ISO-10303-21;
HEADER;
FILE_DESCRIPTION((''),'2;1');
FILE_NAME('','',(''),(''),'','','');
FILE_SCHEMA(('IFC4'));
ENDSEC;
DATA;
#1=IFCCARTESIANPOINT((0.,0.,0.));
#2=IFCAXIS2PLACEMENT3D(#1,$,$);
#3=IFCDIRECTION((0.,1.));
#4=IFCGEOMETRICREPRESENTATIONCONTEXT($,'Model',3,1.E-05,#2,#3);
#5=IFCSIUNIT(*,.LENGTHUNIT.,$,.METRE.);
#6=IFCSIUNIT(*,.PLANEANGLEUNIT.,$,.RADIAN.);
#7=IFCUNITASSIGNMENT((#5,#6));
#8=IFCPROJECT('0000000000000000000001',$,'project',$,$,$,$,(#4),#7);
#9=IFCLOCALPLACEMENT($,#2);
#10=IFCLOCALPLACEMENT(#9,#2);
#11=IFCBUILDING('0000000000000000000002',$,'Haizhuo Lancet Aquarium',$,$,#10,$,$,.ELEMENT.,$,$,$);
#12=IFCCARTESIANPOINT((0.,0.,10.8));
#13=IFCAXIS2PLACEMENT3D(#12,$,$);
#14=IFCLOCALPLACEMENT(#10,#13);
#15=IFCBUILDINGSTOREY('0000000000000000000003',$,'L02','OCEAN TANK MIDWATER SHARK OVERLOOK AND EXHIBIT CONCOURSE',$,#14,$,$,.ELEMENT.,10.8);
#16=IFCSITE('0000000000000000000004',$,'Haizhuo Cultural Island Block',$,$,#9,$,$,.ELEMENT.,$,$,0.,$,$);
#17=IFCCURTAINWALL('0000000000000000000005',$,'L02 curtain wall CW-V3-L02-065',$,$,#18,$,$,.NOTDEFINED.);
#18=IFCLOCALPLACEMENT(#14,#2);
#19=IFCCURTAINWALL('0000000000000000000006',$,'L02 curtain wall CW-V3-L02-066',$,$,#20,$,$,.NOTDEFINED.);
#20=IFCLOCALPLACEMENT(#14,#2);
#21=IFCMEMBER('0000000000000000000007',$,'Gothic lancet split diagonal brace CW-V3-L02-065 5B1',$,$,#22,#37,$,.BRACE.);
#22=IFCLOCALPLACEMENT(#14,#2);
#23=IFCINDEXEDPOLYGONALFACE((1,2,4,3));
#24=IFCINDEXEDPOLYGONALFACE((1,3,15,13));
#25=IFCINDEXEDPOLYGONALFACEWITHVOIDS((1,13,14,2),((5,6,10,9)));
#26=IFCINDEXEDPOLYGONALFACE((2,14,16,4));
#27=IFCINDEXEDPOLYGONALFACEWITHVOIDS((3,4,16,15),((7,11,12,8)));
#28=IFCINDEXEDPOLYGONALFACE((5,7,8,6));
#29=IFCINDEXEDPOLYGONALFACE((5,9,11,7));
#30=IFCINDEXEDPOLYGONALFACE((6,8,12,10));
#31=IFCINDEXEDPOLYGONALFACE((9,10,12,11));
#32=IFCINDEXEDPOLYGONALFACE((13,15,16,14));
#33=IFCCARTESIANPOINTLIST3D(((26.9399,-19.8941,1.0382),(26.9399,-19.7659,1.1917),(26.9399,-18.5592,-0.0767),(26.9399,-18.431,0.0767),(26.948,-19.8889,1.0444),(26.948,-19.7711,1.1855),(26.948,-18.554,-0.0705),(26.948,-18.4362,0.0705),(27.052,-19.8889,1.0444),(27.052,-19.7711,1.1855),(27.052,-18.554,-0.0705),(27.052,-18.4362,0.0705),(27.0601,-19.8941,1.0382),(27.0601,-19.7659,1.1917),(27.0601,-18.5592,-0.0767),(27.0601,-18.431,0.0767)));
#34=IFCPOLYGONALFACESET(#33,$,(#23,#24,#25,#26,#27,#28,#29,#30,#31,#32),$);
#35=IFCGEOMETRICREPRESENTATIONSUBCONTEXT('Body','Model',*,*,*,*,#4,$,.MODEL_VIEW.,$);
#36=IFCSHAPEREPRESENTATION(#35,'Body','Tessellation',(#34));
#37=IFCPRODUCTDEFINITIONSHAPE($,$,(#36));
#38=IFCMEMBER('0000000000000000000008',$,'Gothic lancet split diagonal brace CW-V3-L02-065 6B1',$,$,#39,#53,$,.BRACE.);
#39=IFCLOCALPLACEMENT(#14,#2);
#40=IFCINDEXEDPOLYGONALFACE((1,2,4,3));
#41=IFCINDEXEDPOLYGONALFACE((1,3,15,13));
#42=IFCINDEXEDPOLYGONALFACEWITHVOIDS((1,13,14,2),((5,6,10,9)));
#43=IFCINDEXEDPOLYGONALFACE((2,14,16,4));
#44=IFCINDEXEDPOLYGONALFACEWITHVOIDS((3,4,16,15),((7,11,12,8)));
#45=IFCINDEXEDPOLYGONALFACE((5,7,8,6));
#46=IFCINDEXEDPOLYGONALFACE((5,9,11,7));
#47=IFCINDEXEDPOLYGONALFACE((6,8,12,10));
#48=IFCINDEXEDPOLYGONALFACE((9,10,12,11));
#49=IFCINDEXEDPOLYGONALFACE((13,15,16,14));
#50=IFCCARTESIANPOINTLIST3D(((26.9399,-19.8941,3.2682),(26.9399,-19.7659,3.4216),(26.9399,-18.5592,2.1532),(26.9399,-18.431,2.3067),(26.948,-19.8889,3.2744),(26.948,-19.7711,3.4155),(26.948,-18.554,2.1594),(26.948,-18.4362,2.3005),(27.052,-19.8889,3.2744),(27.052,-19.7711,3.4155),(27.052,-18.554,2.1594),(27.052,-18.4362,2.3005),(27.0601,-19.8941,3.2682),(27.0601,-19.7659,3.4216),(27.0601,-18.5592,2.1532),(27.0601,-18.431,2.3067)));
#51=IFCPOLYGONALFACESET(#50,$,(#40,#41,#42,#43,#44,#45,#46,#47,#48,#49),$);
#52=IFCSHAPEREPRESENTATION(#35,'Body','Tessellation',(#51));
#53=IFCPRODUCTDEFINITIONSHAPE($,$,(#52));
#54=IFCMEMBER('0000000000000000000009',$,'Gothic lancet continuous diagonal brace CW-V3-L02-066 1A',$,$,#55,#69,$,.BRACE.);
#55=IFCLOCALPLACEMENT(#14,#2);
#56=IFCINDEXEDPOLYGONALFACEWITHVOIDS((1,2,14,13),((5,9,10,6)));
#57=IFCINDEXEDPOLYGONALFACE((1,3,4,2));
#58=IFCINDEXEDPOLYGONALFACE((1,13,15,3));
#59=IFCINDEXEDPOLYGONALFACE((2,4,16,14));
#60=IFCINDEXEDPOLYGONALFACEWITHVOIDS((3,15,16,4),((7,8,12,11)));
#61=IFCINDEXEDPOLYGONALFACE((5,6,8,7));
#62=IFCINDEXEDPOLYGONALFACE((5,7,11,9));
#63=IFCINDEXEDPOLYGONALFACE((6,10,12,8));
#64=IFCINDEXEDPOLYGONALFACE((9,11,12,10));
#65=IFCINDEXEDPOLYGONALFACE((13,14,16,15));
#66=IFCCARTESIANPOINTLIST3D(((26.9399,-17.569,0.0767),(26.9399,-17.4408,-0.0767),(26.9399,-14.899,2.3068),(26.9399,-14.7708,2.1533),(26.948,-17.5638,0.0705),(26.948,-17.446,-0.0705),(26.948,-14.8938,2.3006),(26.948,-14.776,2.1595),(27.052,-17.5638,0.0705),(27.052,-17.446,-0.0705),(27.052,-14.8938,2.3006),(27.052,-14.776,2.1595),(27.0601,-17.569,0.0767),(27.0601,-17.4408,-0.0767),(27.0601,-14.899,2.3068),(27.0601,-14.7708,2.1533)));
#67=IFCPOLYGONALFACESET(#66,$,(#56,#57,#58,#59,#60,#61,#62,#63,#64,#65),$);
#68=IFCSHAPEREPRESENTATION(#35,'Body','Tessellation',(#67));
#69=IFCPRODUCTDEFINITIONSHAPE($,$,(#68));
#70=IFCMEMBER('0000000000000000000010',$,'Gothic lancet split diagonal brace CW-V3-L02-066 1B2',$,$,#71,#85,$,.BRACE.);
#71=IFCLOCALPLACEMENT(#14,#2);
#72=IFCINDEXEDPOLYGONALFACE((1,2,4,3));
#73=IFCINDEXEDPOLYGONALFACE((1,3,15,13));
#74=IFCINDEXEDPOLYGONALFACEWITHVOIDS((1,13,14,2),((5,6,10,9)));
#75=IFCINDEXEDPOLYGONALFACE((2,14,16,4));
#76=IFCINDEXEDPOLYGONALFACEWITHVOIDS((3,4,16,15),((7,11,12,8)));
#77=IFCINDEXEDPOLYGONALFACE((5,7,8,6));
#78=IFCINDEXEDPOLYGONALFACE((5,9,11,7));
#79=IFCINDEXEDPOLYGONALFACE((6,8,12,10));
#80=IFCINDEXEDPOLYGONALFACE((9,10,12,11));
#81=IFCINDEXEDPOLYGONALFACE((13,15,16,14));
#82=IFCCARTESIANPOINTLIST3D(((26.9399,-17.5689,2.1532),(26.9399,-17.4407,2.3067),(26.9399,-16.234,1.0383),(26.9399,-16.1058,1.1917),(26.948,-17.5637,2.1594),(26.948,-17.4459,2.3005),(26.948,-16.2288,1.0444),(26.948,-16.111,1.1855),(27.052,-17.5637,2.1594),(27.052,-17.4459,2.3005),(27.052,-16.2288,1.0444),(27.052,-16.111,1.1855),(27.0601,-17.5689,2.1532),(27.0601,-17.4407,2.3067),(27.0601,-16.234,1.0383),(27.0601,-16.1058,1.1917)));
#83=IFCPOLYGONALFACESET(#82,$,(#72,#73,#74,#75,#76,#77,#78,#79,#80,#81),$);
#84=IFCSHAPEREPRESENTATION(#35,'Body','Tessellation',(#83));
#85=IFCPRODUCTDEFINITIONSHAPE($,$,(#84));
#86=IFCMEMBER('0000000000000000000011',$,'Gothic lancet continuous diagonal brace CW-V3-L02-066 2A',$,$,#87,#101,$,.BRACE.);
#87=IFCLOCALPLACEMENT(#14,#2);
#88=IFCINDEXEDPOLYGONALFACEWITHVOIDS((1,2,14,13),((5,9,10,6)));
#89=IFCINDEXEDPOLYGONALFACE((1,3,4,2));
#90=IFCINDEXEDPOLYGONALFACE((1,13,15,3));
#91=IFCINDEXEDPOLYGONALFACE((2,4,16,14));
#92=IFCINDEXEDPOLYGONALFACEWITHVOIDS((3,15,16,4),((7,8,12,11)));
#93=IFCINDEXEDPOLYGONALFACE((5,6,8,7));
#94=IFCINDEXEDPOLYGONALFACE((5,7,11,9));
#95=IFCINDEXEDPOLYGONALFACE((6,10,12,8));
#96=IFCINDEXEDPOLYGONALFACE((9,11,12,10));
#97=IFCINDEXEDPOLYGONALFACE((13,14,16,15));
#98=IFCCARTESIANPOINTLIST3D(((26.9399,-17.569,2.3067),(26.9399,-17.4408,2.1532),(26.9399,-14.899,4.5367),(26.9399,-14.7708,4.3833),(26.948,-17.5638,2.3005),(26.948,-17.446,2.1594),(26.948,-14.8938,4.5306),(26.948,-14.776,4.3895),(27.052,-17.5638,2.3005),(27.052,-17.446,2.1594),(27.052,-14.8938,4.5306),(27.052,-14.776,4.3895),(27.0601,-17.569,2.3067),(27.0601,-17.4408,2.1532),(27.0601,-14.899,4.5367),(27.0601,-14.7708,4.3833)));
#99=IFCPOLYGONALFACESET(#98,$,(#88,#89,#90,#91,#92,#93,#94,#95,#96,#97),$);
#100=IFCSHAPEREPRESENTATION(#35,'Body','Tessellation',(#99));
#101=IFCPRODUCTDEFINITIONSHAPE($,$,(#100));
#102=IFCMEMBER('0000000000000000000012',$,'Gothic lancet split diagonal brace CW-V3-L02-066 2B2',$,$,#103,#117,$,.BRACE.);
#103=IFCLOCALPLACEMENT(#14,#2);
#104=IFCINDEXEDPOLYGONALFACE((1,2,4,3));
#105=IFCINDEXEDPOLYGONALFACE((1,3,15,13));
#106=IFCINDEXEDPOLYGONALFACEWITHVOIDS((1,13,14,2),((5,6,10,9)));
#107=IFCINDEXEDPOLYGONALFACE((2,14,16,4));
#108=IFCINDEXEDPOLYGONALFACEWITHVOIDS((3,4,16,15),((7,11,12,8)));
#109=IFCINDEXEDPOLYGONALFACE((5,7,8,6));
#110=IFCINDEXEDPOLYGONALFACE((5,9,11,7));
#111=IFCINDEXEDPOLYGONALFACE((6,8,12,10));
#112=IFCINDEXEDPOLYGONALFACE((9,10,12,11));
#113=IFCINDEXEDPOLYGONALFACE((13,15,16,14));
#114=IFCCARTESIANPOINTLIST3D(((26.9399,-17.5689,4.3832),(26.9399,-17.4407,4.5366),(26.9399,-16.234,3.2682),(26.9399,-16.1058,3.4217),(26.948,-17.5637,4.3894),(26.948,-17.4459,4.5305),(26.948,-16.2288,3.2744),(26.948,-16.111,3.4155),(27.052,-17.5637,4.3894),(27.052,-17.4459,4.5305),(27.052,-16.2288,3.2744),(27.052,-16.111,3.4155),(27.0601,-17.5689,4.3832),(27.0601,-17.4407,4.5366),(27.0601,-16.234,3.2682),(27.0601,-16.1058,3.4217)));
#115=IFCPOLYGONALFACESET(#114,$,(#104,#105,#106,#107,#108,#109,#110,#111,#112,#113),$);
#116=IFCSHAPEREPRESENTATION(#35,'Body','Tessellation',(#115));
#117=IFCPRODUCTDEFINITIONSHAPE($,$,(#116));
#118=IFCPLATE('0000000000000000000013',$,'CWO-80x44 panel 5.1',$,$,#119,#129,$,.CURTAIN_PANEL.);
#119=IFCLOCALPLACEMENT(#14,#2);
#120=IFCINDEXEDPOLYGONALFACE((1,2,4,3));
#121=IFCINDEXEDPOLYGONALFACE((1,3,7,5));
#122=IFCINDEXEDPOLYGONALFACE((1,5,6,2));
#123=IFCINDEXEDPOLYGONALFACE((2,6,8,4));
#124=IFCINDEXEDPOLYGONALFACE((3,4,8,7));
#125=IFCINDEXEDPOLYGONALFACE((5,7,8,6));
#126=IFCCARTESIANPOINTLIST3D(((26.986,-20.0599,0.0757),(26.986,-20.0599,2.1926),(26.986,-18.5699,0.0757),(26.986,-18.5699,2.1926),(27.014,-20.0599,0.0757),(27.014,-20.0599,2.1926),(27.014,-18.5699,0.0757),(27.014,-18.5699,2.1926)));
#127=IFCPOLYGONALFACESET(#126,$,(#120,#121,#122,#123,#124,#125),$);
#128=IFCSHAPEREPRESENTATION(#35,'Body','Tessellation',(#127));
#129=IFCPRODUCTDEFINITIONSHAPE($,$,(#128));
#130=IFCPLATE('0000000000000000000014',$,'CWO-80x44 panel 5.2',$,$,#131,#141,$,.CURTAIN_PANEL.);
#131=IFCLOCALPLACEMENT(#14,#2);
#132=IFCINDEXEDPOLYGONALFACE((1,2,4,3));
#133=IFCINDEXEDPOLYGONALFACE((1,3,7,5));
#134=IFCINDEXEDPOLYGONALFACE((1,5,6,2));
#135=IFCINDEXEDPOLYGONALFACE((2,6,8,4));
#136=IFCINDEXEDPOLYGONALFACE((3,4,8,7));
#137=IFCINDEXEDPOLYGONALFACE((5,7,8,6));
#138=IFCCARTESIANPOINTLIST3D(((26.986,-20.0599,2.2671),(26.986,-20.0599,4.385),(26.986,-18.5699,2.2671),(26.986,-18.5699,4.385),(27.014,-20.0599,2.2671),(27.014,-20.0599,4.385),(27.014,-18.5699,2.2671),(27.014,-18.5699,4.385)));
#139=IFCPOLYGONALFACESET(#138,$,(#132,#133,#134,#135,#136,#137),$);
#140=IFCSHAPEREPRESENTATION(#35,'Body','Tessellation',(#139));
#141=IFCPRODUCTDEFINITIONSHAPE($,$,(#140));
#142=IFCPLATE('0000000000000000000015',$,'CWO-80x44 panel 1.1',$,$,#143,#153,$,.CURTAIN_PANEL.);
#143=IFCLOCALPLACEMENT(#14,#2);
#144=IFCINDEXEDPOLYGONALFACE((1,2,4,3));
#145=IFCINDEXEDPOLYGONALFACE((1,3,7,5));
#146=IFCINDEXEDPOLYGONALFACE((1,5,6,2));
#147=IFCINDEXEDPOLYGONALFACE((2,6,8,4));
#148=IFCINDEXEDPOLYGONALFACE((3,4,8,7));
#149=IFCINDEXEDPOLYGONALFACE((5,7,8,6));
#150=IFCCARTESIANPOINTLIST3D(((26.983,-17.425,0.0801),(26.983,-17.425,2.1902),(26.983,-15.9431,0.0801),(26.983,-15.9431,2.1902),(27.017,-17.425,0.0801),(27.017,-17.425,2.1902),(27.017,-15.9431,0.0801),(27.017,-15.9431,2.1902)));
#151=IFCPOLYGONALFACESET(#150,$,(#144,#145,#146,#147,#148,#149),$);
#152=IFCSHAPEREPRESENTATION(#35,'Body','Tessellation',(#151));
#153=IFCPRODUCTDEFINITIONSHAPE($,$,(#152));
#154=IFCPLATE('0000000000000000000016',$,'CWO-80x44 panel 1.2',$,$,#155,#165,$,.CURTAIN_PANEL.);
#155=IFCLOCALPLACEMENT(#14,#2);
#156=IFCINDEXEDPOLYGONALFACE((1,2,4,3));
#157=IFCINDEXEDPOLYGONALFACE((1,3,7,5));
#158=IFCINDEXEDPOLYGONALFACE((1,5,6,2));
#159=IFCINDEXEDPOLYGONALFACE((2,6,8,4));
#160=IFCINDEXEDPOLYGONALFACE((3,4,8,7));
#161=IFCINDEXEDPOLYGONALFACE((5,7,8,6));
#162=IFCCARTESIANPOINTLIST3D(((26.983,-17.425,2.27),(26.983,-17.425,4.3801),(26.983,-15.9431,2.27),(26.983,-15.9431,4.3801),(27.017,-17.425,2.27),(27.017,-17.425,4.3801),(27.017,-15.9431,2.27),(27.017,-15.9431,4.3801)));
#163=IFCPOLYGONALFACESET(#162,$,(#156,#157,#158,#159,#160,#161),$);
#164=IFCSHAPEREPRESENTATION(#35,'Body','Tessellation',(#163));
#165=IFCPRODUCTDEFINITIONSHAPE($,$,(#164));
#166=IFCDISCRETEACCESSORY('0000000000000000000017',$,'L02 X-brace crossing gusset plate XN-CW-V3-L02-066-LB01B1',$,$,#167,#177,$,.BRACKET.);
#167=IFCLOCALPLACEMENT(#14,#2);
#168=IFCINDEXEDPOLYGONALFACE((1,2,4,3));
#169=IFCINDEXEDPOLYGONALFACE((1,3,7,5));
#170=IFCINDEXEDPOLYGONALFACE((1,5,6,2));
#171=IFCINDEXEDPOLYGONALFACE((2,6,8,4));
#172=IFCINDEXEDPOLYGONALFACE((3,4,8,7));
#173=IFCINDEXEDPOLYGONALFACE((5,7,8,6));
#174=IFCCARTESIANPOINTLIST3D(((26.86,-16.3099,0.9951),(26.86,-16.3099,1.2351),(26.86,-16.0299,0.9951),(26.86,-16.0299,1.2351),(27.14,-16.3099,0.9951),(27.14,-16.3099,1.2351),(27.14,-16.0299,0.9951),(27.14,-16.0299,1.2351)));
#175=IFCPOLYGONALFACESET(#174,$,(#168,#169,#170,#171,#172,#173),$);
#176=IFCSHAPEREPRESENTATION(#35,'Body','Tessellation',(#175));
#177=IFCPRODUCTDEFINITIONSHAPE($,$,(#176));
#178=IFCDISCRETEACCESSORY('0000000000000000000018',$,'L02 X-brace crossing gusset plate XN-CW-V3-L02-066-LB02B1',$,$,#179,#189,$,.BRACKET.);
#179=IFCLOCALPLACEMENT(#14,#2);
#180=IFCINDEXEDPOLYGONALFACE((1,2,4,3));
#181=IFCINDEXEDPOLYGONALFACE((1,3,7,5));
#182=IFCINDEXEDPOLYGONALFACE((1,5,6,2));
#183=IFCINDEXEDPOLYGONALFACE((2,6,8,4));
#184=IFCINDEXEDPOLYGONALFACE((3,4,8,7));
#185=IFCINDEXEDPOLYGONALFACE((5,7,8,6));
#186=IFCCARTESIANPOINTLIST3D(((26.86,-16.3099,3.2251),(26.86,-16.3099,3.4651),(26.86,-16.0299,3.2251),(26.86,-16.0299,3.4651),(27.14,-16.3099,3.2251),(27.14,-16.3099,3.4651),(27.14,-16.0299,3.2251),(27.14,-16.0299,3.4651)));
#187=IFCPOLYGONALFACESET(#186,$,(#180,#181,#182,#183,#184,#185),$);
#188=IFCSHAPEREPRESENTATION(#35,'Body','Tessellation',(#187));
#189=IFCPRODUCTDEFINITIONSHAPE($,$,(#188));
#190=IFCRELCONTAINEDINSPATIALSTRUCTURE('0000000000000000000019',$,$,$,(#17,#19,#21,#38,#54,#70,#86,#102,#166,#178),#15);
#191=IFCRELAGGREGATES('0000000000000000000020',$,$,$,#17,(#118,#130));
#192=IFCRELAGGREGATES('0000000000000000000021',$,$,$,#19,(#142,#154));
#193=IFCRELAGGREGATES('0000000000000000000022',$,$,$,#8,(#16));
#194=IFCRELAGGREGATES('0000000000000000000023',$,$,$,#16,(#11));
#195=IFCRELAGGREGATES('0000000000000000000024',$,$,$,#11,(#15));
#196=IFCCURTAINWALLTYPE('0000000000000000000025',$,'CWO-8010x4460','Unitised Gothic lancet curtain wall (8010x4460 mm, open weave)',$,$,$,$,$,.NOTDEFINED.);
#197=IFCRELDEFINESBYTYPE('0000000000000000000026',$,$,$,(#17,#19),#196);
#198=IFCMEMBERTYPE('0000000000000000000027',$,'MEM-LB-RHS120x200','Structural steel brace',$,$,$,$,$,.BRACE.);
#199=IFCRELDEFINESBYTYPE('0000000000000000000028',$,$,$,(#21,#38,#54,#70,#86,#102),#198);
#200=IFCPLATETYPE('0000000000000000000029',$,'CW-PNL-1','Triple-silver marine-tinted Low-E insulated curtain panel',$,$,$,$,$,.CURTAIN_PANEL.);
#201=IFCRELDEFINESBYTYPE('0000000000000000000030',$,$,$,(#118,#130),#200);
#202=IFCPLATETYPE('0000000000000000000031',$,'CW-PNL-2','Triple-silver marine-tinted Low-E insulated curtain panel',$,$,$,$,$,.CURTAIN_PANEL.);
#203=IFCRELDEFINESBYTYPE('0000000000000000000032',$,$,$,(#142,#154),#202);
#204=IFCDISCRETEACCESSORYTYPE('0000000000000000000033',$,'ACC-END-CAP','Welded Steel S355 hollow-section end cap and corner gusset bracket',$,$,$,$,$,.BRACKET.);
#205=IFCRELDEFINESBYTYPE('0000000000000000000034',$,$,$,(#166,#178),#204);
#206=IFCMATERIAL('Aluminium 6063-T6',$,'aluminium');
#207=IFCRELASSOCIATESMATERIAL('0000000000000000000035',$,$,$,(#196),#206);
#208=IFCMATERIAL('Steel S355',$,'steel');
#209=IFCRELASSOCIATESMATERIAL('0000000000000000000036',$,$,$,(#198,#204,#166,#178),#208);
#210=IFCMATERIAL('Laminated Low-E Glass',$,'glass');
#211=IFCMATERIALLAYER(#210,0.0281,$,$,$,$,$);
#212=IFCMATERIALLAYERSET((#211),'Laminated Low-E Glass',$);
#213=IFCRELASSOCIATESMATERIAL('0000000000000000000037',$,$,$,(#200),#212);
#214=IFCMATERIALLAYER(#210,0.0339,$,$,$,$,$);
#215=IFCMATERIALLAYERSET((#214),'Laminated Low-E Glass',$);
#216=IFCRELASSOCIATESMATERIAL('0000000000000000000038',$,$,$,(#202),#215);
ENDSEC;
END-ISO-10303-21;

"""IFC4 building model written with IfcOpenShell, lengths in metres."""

from ifc_helpers import new_model, si_unit, direction, frame, origin, origin_2d, place, context, subcontext, project, spatial, rectangle, hollow_rectangle, extrude, material, layer, layer_set, material_profile, profile_set, type_object, element, aggregate, save


model = new_model("IFC4")

# Units and contexts
model_context = context("Model", 3, precision=1e-05, world=origin(), true_north=direction((0.0, 1.0)))
body_context = subcontext(model_context, "Body", "Model", "MODEL_VIEW")
ifc_project = project(units=[si_unit("LENGTHUNIT", "METRE"), si_unit("PLANEANGLEUNIT", "RADIAN")], contexts=[model_context])

# Site, building, storey
site_placement = place(None, origin())
site = spatial("IfcSite", under=ifc_project, at=site_placement, Name="Haizhuo Cultural Island Block", CompositionType="ELEMENT", RefElevation=0.0)
building_placement = place(site_placement, origin())
building = spatial("IfcBuilding", under=site, at=building_placement, Name="Haizhuo Lancet Aquarium", CompositionType="ELEMENT")
storey_placement = place(building_placement, frame((0.0, 0.0, 10.8)))
storey = spatial("IfcBuildingStorey", under=building, at=storey_placement, Name="L02", Description="OCEAN TANK MIDWATER SHARK OVERLOOK AND EXHIBIT CONCOURSE", CompositionType="ELEMENT", Elevation=10.8)

# Curtain wall
ifc_material_1 = material(Name="Aluminium 6063-T6", Category="aluminium")
curtain_wall_type = type_object("IfcCurtainWallType", Name="CWO-8010x4460", Description="Unitised Gothic lancet curtain wall (8010x4460 mm, open weave)", PredefinedType="NOTDEFINED", material=ifc_material_1)
curtain_wall_1_placement = place(storey_placement, origin())
curtain_wall_1 = element("IfcCurtainWall", 1, at=curtain_wall_1_placement, inside=storey, type_object=curtain_wall_type, Name="L02 curtain wall CW-V3-L02-065", PredefinedType="NOTDEFINED")

# Curtain wall
curtain_wall_2_placement = place(storey_placement, origin())
curtain_wall_2 = element("IfcCurtainWall", 2, at=curtain_wall_2_placement, inside=storey, type_object=curtain_wall_type, Name="L02 curtain wall CW-V3-L02-066", PredefinedType="NOTDEFINED")

# Members
ifc_material_2 = material(Name="Steel S355", Category="steel")
ifc_material_profile_1 = material_profile(ifc_material_2, hollow_rectangle(XDim=0.1201, YDim=0.2, WallThickness=0.0081, at=origin_2d()), Name="RHS 120x200x8")
ifc_profile_set_1 = profile_set([ifc_material_profile_1], Name="Steel S355")
member_type_1 = type_object("IfcMemberType", Name="MEM-LB-RHS120x200", Description="Structural steel brace", PredefinedType="BRACE", material=ifc_profile_set_1)
for number, where, z_axis, x_axis, name in (
    (3, (27.0, -18.4951, 0.0), (0.0, -0.767507, 0.64104), (1.0, 0.0, 0.0), "Gothic lancet split diagonal brace CW-V3-L02-065 5B1"),
    (4, (27.0, -18.4951, 2.23), (0.0, -0.767507, 0.64104), (1.0, 0.0, 0.0), "Gothic lancet split diagonal brace CW-V3-L02-065 6B1"),
):
    element("IfcMember", number, at=place(storey_placement, frame(where, z_axis=z_axis, x_axis=x_axis)), inside=storey, type_object=member_type_1, Name=name, PredefinedType="BRACE", context=body_context, shape_type="SweptSolid", body=[
        extrude(hollow_rectangle(XDim=0.1201, YDim=0.2, WallThickness=0.0081, at=origin_2d()), origin(), (0.0, 0.0, 1.0), 1.7393),
    ])
member_1_placement = place(storey_placement, frame((27.0, -17.5049, 0.0), z_axis=(0.0, 0.767507, 0.64104), x_axis=(-1.0, 0.0, 0.0)))
element("IfcMember", 5, at=member_1_placement, inside=storey, type_object=member_type_1, Name="Gothic lancet continuous diagonal brace CW-V3-L02-066 1A", PredefinedType="BRACE", context=body_context, shape_type="SweptSolid", body=[
    extrude(hollow_rectangle(XDim=0.1201, YDim=0.2, WallThickness=0.0081, at=origin_2d()), origin(), (0.0, 0.0, 1.0), 3.4788),
])
member_2_placement = place(storey_placement, frame((27.0, -16.1699, 1.115), z_axis=(0.0, -0.767507, 0.64104), x_axis=(1.0, 0.0, 0.0)))
element("IfcMember", 6, at=member_2_placement, inside=storey, type_object=member_type_1, Name="Gothic lancet split diagonal brace CW-V3-L02-066 1B2", PredefinedType="BRACE", context=body_context, shape_type="SweptSolid", body=[
    extrude(hollow_rectangle(XDim=0.1201, YDim=0.2, WallThickness=0.0081, at=origin_2d()), origin(), (0.0, 0.0, 1.0), 1.7393),
])
member_3_placement = place(storey_placement, frame((27.0, -17.5049, 2.23), z_axis=(0.0, 0.767507, 0.64104), x_axis=(-1.0, 0.0, 0.0)))
element("IfcMember", 7, at=member_3_placement, inside=storey, type_object=member_type_1, Name="Gothic lancet continuous diagonal brace CW-V3-L02-066 2A", PredefinedType="BRACE", context=body_context, shape_type="SweptSolid", body=[
    extrude(hollow_rectangle(XDim=0.1201, YDim=0.2, WallThickness=0.0081, at=origin_2d()), origin(), (0.0, 0.0, 1.0), 3.4788),
])
member_4_placement = place(storey_placement, frame((27.0, -16.1699, 3.345), z_axis=(0.0, -0.767507, 0.64104), x_axis=(1.0, 0.0, 0.0)))
element("IfcMember", 8, at=member_4_placement, inside=storey, type_object=member_type_1, Name="Gothic lancet split diagonal brace CW-V3-L02-066 2B2", PredefinedType="BRACE", context=body_context, shape_type="SweptSolid", body=[
    extrude(hollow_rectangle(XDim=0.1201, YDim=0.2, WallThickness=0.0081, at=origin_2d()), origin(), (0.0, 0.0, 1.0), 1.7393),
])

# Plates
ifc_material_3 = material(Name="Laminated Low-E Glass", Category="glass")
ifc_layer_1 = layer(ifc_material_3, 0.0281)
ifc_layer_set_1 = layer_set([ifc_layer_1], Name="Laminated Low-E Glass")
plate_type_1 = type_object("IfcPlateType", Name="CW-PNL-1", Description="Triple-silver marine-tinted Low-E insulated curtain panel", PredefinedType="CURTAIN_PANEL", material=ifc_layer_set_1)
plate_1_placement = place(storey_placement, frame((27.0, -19.3149, 0.0757), z_axis=(0.0, 0.0, 1.0), x_axis=(0.0, 1.0, 0.0)))
plate_1 = element("IfcPlate", 9, at=plate_1_placement, type_object=plate_type_1, Name="CWO-80x44 panel 5.1", PredefinedType="CURTAIN_PANEL", context=body_context, shape_type="SweptSolid", body=[
    extrude(rectangle(XDim=1.49, YDim=0.0281, at=origin_2d()), origin(), (0.0, 0.0, 1.0), 2.1169),
])
plate_2_placement = place(storey_placement, frame((27.0, -19.3149, 2.2671), z_axis=(0.0, 0.0, 1.0), x_axis=(0.0, 1.0, 0.0)))
plate_2 = element("IfcPlate", 10, at=plate_2_placement, type_object=plate_type_1, Name="CWO-80x44 panel 5.2", PredefinedType="CURTAIN_PANEL", context=body_context, shape_type="SweptSolid", body=[
    extrude(rectangle(XDim=1.49, YDim=0.0281, at=origin_2d()), origin(), (0.0, 0.0, 1.0), 2.1179),
])
aggregate(curtain_wall_1, [plate_1, plate_2])
ifc_layer_2 = layer(ifc_material_3, 0.0339)
ifc_layer_set_2 = layer_set([ifc_layer_2], Name="Laminated Low-E Glass")
plate_type_2 = type_object("IfcPlateType", Name="CW-PNL-2", Description="Triple-silver marine-tinted Low-E insulated curtain panel", PredefinedType="CURTAIN_PANEL", material=ifc_layer_set_2)
plate_3_placement = place(storey_placement, frame((27.0, -16.6841, 0.0801), z_axis=(0.0, 0.0, 1.0), x_axis=(0.0, 1.0, 0.0)))
plate_3 = element("IfcPlate", 11, at=plate_3_placement, type_object=plate_type_2, Name="CWO-80x44 panel 1.1", PredefinedType="CURTAIN_PANEL", context=body_context, shape_type="SweptSolid", body=[
    extrude(rectangle(XDim=1.4819, YDim=0.0339, at=origin_2d()), origin(), (0.0, 0.0, 1.0), 2.1101),
])
plate_4_placement = place(storey_placement, frame((27.0, -16.6841, 2.27), z_axis=(0.0, 0.0, 1.0), x_axis=(0.0, 1.0, 0.0)))
plate_4 = element("IfcPlate", 12, at=plate_4_placement, type_object=plate_type_2, Name="CWO-80x44 panel 1.2", PredefinedType="CURTAIN_PANEL", context=body_context, shape_type="SweptSolid", body=[
    extrude(rectangle(XDim=1.4819, YDim=0.0339, at=origin_2d()), origin(), (0.0, 0.0, 1.0), 2.1101),
])
aggregate(curtain_wall_2, [plate_3, plate_4])

# Discrete accessories
discrete_accessory_type = type_object("IfcDiscreteAccessoryType", Name="ACC-END-CAP", Description="Welded Steel S355 hollow-section end cap and corner gusset bracket", PredefinedType="BRACKET", material=ifc_material_2)
for number, where, z_axis, x_axis, name in (
    (13, (27.0, -16.1699, 0.9951), (0.0, 0.0, 1.0), (1.0, 0.0, 0.0), "L02 X-brace crossing gusset plate XN-CW-V3-L02-066-LB01B1"),
    (14, (27.0, -16.1699, 3.2251), (0.0, 0.0, 1.0), (1.0, 0.0, 0.0), "L02 X-brace crossing gusset plate XN-CW-V3-L02-066-LB02B1"),
):
    element("IfcDiscreteAccessory", number, at=place(storey_placement, frame(where, z_axis=z_axis, x_axis=x_axis)), inside=storey, type_object=discrete_accessory_type, material=ifc_material_2, Name=name, PredefinedType="BRACKET", context=body_context, shape_type="SweptSolid", body=[
        extrude(rectangle(XDim=0.28, YDim=0.28, at=origin_2d()), origin(), (0.0, 0.0, 1.0), 0.24),
    ])

save(model, "model.ifc")
